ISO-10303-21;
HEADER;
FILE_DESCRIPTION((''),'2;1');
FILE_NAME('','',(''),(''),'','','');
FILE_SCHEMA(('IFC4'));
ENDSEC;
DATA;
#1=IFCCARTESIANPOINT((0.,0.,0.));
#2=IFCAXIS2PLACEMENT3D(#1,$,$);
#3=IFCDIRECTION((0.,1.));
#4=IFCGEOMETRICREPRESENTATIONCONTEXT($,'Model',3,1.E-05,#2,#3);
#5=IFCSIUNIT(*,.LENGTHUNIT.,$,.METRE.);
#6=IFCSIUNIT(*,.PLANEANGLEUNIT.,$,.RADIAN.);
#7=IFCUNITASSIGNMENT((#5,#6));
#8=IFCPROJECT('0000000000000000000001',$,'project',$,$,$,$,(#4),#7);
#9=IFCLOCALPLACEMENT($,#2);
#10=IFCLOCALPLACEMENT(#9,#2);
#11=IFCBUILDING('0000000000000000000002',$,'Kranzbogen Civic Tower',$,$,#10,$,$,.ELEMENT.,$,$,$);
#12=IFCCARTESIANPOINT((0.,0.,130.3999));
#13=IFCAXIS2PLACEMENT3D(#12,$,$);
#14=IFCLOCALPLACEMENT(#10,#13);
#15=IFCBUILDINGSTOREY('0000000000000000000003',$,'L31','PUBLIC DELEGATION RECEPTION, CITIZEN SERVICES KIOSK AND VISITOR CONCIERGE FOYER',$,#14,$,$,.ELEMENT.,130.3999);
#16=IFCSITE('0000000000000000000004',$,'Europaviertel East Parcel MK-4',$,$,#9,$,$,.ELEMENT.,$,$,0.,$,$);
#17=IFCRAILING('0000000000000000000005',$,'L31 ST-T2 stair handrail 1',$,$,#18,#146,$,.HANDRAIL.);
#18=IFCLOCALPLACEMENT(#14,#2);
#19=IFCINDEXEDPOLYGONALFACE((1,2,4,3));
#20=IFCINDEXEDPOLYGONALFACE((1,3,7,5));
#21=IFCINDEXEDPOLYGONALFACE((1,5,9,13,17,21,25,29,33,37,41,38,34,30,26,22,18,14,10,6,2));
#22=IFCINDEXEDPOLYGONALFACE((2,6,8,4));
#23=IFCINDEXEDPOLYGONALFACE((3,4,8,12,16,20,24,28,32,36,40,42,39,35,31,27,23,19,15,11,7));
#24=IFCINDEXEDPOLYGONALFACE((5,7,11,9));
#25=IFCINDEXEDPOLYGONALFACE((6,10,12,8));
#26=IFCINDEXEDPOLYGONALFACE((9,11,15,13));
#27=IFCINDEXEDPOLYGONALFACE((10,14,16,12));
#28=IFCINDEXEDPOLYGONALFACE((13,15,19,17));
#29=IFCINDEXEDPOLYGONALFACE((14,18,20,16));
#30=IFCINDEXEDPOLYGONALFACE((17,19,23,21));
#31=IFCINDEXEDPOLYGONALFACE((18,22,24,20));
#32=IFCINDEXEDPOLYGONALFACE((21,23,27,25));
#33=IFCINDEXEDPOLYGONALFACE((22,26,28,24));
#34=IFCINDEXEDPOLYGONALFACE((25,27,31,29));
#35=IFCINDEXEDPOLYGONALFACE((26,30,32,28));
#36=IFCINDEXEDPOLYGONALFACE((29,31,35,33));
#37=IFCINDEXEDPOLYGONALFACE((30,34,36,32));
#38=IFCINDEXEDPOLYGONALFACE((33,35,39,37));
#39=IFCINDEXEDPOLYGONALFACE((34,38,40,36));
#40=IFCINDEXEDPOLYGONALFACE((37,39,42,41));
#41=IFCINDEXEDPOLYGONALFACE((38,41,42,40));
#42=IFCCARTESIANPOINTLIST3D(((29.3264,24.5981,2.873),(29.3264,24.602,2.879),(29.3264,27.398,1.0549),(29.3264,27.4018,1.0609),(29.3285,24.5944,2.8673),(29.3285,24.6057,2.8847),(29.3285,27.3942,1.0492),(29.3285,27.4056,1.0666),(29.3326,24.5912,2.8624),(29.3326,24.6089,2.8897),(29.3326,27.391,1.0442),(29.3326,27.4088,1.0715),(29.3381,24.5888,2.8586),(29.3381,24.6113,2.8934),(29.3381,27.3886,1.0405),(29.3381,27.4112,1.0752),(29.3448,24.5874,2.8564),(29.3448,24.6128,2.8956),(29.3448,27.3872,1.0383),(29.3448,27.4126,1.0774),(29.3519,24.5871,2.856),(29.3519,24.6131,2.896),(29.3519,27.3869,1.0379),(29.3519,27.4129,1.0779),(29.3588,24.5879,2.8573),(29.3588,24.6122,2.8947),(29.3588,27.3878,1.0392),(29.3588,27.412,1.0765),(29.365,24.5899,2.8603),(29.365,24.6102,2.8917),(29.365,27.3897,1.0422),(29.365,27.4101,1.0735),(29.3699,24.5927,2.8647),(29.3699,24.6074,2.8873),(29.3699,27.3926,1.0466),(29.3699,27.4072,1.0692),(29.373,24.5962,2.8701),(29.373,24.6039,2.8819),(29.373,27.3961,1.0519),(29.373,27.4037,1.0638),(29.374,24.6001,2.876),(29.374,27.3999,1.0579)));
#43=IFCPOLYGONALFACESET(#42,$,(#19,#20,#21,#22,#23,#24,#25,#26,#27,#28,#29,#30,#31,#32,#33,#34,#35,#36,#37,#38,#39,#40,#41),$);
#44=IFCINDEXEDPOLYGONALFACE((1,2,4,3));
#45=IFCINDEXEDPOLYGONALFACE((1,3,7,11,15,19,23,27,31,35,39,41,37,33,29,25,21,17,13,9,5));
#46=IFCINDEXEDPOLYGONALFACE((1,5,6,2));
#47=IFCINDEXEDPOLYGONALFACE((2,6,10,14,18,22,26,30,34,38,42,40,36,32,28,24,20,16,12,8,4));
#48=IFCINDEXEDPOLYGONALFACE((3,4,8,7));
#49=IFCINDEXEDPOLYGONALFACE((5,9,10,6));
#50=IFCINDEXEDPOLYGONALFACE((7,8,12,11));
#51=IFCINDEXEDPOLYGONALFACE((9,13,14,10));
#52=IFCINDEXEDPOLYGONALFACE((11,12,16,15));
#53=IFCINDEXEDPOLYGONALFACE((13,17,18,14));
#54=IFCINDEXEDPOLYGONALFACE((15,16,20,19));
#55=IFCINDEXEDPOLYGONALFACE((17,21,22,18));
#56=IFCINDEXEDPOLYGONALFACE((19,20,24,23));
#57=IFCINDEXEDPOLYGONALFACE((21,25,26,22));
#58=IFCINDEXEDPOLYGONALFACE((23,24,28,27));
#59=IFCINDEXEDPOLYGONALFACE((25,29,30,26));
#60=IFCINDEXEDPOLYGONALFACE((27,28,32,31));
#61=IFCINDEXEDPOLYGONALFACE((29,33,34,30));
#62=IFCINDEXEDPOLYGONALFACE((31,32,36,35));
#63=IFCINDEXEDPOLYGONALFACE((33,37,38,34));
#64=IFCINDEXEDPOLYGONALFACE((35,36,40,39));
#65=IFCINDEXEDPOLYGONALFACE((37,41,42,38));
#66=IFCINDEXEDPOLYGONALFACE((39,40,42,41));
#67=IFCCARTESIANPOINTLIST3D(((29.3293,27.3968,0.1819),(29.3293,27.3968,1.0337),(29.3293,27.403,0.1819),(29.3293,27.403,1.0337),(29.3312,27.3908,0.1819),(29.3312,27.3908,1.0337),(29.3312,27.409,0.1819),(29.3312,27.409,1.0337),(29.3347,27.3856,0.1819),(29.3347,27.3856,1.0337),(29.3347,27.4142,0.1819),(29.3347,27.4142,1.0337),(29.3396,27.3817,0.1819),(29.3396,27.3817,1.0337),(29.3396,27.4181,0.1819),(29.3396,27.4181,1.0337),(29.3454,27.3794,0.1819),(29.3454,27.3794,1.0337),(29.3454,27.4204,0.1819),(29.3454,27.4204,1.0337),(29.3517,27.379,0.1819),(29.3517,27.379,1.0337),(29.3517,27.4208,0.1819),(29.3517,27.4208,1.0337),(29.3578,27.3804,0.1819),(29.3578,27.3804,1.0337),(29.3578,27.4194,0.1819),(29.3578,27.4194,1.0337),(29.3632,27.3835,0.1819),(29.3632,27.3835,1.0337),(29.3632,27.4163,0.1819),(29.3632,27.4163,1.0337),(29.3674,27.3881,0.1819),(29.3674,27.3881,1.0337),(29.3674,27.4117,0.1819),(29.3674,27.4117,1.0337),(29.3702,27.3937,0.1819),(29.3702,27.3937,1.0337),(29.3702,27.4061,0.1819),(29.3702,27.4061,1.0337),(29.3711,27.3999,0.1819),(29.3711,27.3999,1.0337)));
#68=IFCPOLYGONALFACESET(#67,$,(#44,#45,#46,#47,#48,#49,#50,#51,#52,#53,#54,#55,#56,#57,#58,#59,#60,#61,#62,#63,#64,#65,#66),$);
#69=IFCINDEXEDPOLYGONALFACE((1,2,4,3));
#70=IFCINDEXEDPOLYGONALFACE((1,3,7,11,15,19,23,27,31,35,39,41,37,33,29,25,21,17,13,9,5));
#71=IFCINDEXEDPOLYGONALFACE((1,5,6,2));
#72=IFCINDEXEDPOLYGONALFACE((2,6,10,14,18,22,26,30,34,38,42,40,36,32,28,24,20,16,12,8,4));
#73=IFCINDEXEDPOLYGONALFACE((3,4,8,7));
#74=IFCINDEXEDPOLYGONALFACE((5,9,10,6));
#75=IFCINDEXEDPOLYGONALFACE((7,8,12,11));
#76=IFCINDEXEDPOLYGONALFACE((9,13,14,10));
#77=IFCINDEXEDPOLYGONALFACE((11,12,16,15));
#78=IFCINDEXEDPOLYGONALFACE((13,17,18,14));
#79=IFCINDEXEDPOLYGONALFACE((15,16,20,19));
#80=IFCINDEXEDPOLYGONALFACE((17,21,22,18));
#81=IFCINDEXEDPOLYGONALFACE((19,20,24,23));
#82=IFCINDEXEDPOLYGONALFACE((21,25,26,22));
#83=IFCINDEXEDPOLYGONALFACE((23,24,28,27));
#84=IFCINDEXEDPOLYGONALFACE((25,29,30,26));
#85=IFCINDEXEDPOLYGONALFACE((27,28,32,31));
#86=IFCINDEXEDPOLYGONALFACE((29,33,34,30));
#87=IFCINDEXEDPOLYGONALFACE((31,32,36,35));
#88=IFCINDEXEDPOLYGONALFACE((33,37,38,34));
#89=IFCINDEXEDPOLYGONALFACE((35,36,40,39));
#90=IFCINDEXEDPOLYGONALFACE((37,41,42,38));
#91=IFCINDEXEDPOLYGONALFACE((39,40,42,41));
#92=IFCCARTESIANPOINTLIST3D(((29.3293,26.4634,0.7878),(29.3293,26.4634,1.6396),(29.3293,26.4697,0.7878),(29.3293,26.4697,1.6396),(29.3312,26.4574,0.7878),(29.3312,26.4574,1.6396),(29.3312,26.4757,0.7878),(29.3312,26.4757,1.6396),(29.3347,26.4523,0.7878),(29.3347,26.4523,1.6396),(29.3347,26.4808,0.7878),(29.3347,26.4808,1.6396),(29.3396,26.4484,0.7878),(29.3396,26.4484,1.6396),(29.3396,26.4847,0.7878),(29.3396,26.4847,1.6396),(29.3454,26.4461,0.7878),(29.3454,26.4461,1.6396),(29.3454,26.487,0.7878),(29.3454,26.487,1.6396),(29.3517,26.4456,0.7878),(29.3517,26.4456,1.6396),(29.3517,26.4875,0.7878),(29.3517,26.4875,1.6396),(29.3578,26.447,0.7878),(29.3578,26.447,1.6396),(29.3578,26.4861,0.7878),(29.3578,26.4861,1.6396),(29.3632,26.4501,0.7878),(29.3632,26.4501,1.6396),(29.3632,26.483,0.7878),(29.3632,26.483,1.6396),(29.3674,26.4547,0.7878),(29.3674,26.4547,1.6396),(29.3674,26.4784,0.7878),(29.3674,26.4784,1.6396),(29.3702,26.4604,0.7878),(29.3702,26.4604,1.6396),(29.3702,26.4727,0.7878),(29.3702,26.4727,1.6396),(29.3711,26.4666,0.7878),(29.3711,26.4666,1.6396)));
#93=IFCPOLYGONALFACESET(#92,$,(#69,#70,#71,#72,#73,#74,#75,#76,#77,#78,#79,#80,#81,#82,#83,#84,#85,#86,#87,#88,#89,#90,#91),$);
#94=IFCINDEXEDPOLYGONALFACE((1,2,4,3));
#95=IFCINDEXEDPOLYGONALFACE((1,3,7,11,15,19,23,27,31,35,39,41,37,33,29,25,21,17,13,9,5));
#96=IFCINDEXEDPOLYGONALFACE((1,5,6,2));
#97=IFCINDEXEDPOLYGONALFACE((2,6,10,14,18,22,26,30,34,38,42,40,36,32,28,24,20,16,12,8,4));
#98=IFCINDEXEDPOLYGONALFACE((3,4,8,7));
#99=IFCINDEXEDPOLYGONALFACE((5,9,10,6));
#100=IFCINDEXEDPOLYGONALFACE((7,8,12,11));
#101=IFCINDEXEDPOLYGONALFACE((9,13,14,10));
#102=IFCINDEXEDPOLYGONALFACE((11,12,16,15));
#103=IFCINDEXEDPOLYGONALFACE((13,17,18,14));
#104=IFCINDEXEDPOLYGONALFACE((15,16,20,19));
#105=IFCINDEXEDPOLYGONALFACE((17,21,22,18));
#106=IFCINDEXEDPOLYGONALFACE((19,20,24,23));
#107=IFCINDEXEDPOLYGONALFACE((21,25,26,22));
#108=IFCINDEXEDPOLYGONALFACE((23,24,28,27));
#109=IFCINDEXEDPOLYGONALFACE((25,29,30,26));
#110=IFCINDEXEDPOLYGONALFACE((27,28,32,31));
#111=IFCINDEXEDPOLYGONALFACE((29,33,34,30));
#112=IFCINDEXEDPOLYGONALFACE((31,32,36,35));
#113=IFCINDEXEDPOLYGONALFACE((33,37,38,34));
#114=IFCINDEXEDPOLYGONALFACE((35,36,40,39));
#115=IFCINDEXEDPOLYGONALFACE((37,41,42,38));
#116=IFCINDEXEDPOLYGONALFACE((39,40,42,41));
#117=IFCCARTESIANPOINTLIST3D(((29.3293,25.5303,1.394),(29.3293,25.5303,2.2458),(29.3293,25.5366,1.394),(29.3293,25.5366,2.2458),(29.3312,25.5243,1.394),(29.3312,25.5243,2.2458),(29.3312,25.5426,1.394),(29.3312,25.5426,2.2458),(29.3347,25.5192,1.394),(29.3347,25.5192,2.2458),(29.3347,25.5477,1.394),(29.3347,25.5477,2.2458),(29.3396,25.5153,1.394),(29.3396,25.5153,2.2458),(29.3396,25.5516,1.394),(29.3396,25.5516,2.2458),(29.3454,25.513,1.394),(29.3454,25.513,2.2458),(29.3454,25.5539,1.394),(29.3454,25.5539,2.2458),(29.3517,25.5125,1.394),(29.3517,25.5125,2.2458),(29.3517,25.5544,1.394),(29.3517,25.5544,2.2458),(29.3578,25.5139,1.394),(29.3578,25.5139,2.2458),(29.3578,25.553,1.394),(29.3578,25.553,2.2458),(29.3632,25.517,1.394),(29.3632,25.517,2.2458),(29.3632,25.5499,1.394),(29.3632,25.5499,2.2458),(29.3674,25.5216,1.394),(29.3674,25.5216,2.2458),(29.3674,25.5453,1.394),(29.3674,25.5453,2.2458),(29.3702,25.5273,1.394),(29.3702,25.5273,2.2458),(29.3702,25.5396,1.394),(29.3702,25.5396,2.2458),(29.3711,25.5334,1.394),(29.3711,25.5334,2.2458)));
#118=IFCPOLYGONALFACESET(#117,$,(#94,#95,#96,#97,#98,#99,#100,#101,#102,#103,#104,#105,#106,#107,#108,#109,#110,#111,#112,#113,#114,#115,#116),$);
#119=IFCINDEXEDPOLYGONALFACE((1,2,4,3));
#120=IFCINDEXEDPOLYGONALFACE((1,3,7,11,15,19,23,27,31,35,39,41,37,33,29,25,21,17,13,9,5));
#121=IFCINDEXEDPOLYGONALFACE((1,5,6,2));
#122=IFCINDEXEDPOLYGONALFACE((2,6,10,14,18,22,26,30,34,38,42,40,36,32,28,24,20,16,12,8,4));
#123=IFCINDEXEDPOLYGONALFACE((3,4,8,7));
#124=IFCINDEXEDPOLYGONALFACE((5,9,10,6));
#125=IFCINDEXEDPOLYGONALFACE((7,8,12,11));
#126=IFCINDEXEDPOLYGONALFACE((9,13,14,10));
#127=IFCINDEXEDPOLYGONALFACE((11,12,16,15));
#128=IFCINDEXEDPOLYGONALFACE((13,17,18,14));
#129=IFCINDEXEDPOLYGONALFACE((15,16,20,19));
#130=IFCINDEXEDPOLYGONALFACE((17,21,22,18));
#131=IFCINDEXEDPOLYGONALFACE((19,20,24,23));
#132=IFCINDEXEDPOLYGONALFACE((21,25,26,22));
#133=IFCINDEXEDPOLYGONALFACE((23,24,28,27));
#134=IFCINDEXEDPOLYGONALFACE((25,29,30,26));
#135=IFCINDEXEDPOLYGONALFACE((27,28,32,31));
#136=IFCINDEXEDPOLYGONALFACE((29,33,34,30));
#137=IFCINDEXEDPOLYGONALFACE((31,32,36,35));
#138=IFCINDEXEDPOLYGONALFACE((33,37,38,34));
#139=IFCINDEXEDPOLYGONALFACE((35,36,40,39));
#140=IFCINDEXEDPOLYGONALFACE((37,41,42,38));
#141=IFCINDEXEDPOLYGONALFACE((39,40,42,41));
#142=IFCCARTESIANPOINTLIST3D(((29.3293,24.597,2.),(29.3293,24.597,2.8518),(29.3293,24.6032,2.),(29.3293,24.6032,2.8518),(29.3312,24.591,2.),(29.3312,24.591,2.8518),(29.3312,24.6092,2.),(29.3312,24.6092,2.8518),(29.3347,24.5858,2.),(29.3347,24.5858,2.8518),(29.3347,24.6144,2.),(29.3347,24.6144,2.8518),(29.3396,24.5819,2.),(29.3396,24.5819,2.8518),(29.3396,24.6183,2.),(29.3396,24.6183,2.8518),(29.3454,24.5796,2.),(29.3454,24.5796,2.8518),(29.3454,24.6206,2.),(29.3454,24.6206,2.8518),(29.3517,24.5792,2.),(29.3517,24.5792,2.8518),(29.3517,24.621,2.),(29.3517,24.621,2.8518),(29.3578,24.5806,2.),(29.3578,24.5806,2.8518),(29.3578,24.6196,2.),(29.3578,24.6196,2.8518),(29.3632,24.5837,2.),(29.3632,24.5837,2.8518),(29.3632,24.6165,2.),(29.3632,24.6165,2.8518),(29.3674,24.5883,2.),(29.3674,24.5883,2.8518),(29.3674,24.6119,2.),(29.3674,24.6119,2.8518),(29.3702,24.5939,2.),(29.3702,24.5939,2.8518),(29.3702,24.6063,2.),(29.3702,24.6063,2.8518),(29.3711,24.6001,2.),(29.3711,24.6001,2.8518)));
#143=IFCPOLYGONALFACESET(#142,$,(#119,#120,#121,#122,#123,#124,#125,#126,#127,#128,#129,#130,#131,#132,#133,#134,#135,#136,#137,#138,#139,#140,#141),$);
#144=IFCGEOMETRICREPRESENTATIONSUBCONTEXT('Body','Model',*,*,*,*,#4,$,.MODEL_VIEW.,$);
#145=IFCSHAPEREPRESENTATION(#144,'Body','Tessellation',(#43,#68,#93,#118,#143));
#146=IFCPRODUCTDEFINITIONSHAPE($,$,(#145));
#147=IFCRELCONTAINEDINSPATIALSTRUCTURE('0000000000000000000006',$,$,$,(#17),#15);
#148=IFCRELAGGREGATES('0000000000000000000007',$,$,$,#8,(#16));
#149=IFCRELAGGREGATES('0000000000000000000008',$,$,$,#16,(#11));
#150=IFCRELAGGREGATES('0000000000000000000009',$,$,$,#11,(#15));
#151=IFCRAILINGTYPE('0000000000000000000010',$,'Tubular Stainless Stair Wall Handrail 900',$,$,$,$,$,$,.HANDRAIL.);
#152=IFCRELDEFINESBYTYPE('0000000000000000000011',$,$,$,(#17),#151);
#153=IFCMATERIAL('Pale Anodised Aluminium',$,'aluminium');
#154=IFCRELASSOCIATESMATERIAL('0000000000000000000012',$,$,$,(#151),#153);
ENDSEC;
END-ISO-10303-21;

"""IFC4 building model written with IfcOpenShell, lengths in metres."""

from ifc_helpers import new_model, si_unit, direction, frame, origin, origin_2d, place, context, subcontext, project, spatial, circle, extrude, material, type_object, element, save


model = new_model("IFC4")

# Units and contexts
model_context = context("Model", 3, precision=1e-05, world=origin(), true_north=direction((0.0, 1.0)))
body_context = subcontext(model_context, "Body", "Model", "MODEL_VIEW")
ifc_project = project(units=[si_unit("LENGTHUNIT", "METRE"), si_unit("PLANEANGLEUNIT", "RADIAN")], contexts=[model_context])

# Site, building, storey
site_placement = place(None, origin())
site = spatial("IfcSite", under=ifc_project, at=site_placement, Name="Europaviertel East Parcel MK-4", CompositionType="ELEMENT", RefElevation=0.0)
building_placement = place(site_placement, origin())
building = spatial("IfcBuilding", under=site, at=building_placement, Name="Kranzbogen Civic Tower", CompositionType="ELEMENT")
storey_placement = place(building_placement, frame((0.0, 0.0, 130.3999)))
storey = spatial("IfcBuildingStorey", under=building, at=storey_placement, Name="L31", Description="PUBLIC DELEGATION RECEPTION, CITIZEN SERVICES KIOSK AND VISITOR CONCIERGE FOYER", CompositionType="ELEMENT", Elevation=130.3999)

# Shared definitions
ifc_material_1 = material(Name="Pale Anodised Aluminium", Category="aluminium")

# Railing
railing_type_1 = type_object("IfcRailingType", Name="Tubular Stainless Stair Wall Handrail 900", PredefinedType="HANDRAIL", material=ifc_material_1)
railing_1_placement = place(storey_placement, frame((29.3501, 27.3999, 0.1819)))
element("IfcRailing", 1, at=railing_1_placement, inside=storey, type_object=railing_type_1, Name="L31 ST-T2 stair handrail 1", PredefinedType="HANDRAIL", context=body_context, shape_type="SweptSolid", body=[
    extrude(circle(Radius=0.0239, at=origin_2d()), frame((0.0, 0.0, 0.876), z_axis=(0.0, -0.838684, 0.544618), x_axis=(1.0, 0.0, 0.0)), (0.0, 0.0, 1.0), 3.3384),
    extrude(circle(Radius=0.021, at=origin_2d()), origin(), (0.0, 0.0, 1.0), 0.8518),
    extrude(circle(Radius=0.021, at=origin_2d()), frame((0.0, -0.9333, 0.606)), (0.0, 0.0, 1.0), 0.8518),
    extrude(circle(Radius=0.021, at=origin_2d()), frame((0.0, -1.8665, 1.2122)), (0.0, 0.0, 1.0), 0.8518),
    extrude(circle(Radius=0.021, at=origin_2d()), frame((0.0, -2.7998, 1.8181)), (0.0, 0.0, 1.0), 0.8518),
])

save(model, "model.ifc")
